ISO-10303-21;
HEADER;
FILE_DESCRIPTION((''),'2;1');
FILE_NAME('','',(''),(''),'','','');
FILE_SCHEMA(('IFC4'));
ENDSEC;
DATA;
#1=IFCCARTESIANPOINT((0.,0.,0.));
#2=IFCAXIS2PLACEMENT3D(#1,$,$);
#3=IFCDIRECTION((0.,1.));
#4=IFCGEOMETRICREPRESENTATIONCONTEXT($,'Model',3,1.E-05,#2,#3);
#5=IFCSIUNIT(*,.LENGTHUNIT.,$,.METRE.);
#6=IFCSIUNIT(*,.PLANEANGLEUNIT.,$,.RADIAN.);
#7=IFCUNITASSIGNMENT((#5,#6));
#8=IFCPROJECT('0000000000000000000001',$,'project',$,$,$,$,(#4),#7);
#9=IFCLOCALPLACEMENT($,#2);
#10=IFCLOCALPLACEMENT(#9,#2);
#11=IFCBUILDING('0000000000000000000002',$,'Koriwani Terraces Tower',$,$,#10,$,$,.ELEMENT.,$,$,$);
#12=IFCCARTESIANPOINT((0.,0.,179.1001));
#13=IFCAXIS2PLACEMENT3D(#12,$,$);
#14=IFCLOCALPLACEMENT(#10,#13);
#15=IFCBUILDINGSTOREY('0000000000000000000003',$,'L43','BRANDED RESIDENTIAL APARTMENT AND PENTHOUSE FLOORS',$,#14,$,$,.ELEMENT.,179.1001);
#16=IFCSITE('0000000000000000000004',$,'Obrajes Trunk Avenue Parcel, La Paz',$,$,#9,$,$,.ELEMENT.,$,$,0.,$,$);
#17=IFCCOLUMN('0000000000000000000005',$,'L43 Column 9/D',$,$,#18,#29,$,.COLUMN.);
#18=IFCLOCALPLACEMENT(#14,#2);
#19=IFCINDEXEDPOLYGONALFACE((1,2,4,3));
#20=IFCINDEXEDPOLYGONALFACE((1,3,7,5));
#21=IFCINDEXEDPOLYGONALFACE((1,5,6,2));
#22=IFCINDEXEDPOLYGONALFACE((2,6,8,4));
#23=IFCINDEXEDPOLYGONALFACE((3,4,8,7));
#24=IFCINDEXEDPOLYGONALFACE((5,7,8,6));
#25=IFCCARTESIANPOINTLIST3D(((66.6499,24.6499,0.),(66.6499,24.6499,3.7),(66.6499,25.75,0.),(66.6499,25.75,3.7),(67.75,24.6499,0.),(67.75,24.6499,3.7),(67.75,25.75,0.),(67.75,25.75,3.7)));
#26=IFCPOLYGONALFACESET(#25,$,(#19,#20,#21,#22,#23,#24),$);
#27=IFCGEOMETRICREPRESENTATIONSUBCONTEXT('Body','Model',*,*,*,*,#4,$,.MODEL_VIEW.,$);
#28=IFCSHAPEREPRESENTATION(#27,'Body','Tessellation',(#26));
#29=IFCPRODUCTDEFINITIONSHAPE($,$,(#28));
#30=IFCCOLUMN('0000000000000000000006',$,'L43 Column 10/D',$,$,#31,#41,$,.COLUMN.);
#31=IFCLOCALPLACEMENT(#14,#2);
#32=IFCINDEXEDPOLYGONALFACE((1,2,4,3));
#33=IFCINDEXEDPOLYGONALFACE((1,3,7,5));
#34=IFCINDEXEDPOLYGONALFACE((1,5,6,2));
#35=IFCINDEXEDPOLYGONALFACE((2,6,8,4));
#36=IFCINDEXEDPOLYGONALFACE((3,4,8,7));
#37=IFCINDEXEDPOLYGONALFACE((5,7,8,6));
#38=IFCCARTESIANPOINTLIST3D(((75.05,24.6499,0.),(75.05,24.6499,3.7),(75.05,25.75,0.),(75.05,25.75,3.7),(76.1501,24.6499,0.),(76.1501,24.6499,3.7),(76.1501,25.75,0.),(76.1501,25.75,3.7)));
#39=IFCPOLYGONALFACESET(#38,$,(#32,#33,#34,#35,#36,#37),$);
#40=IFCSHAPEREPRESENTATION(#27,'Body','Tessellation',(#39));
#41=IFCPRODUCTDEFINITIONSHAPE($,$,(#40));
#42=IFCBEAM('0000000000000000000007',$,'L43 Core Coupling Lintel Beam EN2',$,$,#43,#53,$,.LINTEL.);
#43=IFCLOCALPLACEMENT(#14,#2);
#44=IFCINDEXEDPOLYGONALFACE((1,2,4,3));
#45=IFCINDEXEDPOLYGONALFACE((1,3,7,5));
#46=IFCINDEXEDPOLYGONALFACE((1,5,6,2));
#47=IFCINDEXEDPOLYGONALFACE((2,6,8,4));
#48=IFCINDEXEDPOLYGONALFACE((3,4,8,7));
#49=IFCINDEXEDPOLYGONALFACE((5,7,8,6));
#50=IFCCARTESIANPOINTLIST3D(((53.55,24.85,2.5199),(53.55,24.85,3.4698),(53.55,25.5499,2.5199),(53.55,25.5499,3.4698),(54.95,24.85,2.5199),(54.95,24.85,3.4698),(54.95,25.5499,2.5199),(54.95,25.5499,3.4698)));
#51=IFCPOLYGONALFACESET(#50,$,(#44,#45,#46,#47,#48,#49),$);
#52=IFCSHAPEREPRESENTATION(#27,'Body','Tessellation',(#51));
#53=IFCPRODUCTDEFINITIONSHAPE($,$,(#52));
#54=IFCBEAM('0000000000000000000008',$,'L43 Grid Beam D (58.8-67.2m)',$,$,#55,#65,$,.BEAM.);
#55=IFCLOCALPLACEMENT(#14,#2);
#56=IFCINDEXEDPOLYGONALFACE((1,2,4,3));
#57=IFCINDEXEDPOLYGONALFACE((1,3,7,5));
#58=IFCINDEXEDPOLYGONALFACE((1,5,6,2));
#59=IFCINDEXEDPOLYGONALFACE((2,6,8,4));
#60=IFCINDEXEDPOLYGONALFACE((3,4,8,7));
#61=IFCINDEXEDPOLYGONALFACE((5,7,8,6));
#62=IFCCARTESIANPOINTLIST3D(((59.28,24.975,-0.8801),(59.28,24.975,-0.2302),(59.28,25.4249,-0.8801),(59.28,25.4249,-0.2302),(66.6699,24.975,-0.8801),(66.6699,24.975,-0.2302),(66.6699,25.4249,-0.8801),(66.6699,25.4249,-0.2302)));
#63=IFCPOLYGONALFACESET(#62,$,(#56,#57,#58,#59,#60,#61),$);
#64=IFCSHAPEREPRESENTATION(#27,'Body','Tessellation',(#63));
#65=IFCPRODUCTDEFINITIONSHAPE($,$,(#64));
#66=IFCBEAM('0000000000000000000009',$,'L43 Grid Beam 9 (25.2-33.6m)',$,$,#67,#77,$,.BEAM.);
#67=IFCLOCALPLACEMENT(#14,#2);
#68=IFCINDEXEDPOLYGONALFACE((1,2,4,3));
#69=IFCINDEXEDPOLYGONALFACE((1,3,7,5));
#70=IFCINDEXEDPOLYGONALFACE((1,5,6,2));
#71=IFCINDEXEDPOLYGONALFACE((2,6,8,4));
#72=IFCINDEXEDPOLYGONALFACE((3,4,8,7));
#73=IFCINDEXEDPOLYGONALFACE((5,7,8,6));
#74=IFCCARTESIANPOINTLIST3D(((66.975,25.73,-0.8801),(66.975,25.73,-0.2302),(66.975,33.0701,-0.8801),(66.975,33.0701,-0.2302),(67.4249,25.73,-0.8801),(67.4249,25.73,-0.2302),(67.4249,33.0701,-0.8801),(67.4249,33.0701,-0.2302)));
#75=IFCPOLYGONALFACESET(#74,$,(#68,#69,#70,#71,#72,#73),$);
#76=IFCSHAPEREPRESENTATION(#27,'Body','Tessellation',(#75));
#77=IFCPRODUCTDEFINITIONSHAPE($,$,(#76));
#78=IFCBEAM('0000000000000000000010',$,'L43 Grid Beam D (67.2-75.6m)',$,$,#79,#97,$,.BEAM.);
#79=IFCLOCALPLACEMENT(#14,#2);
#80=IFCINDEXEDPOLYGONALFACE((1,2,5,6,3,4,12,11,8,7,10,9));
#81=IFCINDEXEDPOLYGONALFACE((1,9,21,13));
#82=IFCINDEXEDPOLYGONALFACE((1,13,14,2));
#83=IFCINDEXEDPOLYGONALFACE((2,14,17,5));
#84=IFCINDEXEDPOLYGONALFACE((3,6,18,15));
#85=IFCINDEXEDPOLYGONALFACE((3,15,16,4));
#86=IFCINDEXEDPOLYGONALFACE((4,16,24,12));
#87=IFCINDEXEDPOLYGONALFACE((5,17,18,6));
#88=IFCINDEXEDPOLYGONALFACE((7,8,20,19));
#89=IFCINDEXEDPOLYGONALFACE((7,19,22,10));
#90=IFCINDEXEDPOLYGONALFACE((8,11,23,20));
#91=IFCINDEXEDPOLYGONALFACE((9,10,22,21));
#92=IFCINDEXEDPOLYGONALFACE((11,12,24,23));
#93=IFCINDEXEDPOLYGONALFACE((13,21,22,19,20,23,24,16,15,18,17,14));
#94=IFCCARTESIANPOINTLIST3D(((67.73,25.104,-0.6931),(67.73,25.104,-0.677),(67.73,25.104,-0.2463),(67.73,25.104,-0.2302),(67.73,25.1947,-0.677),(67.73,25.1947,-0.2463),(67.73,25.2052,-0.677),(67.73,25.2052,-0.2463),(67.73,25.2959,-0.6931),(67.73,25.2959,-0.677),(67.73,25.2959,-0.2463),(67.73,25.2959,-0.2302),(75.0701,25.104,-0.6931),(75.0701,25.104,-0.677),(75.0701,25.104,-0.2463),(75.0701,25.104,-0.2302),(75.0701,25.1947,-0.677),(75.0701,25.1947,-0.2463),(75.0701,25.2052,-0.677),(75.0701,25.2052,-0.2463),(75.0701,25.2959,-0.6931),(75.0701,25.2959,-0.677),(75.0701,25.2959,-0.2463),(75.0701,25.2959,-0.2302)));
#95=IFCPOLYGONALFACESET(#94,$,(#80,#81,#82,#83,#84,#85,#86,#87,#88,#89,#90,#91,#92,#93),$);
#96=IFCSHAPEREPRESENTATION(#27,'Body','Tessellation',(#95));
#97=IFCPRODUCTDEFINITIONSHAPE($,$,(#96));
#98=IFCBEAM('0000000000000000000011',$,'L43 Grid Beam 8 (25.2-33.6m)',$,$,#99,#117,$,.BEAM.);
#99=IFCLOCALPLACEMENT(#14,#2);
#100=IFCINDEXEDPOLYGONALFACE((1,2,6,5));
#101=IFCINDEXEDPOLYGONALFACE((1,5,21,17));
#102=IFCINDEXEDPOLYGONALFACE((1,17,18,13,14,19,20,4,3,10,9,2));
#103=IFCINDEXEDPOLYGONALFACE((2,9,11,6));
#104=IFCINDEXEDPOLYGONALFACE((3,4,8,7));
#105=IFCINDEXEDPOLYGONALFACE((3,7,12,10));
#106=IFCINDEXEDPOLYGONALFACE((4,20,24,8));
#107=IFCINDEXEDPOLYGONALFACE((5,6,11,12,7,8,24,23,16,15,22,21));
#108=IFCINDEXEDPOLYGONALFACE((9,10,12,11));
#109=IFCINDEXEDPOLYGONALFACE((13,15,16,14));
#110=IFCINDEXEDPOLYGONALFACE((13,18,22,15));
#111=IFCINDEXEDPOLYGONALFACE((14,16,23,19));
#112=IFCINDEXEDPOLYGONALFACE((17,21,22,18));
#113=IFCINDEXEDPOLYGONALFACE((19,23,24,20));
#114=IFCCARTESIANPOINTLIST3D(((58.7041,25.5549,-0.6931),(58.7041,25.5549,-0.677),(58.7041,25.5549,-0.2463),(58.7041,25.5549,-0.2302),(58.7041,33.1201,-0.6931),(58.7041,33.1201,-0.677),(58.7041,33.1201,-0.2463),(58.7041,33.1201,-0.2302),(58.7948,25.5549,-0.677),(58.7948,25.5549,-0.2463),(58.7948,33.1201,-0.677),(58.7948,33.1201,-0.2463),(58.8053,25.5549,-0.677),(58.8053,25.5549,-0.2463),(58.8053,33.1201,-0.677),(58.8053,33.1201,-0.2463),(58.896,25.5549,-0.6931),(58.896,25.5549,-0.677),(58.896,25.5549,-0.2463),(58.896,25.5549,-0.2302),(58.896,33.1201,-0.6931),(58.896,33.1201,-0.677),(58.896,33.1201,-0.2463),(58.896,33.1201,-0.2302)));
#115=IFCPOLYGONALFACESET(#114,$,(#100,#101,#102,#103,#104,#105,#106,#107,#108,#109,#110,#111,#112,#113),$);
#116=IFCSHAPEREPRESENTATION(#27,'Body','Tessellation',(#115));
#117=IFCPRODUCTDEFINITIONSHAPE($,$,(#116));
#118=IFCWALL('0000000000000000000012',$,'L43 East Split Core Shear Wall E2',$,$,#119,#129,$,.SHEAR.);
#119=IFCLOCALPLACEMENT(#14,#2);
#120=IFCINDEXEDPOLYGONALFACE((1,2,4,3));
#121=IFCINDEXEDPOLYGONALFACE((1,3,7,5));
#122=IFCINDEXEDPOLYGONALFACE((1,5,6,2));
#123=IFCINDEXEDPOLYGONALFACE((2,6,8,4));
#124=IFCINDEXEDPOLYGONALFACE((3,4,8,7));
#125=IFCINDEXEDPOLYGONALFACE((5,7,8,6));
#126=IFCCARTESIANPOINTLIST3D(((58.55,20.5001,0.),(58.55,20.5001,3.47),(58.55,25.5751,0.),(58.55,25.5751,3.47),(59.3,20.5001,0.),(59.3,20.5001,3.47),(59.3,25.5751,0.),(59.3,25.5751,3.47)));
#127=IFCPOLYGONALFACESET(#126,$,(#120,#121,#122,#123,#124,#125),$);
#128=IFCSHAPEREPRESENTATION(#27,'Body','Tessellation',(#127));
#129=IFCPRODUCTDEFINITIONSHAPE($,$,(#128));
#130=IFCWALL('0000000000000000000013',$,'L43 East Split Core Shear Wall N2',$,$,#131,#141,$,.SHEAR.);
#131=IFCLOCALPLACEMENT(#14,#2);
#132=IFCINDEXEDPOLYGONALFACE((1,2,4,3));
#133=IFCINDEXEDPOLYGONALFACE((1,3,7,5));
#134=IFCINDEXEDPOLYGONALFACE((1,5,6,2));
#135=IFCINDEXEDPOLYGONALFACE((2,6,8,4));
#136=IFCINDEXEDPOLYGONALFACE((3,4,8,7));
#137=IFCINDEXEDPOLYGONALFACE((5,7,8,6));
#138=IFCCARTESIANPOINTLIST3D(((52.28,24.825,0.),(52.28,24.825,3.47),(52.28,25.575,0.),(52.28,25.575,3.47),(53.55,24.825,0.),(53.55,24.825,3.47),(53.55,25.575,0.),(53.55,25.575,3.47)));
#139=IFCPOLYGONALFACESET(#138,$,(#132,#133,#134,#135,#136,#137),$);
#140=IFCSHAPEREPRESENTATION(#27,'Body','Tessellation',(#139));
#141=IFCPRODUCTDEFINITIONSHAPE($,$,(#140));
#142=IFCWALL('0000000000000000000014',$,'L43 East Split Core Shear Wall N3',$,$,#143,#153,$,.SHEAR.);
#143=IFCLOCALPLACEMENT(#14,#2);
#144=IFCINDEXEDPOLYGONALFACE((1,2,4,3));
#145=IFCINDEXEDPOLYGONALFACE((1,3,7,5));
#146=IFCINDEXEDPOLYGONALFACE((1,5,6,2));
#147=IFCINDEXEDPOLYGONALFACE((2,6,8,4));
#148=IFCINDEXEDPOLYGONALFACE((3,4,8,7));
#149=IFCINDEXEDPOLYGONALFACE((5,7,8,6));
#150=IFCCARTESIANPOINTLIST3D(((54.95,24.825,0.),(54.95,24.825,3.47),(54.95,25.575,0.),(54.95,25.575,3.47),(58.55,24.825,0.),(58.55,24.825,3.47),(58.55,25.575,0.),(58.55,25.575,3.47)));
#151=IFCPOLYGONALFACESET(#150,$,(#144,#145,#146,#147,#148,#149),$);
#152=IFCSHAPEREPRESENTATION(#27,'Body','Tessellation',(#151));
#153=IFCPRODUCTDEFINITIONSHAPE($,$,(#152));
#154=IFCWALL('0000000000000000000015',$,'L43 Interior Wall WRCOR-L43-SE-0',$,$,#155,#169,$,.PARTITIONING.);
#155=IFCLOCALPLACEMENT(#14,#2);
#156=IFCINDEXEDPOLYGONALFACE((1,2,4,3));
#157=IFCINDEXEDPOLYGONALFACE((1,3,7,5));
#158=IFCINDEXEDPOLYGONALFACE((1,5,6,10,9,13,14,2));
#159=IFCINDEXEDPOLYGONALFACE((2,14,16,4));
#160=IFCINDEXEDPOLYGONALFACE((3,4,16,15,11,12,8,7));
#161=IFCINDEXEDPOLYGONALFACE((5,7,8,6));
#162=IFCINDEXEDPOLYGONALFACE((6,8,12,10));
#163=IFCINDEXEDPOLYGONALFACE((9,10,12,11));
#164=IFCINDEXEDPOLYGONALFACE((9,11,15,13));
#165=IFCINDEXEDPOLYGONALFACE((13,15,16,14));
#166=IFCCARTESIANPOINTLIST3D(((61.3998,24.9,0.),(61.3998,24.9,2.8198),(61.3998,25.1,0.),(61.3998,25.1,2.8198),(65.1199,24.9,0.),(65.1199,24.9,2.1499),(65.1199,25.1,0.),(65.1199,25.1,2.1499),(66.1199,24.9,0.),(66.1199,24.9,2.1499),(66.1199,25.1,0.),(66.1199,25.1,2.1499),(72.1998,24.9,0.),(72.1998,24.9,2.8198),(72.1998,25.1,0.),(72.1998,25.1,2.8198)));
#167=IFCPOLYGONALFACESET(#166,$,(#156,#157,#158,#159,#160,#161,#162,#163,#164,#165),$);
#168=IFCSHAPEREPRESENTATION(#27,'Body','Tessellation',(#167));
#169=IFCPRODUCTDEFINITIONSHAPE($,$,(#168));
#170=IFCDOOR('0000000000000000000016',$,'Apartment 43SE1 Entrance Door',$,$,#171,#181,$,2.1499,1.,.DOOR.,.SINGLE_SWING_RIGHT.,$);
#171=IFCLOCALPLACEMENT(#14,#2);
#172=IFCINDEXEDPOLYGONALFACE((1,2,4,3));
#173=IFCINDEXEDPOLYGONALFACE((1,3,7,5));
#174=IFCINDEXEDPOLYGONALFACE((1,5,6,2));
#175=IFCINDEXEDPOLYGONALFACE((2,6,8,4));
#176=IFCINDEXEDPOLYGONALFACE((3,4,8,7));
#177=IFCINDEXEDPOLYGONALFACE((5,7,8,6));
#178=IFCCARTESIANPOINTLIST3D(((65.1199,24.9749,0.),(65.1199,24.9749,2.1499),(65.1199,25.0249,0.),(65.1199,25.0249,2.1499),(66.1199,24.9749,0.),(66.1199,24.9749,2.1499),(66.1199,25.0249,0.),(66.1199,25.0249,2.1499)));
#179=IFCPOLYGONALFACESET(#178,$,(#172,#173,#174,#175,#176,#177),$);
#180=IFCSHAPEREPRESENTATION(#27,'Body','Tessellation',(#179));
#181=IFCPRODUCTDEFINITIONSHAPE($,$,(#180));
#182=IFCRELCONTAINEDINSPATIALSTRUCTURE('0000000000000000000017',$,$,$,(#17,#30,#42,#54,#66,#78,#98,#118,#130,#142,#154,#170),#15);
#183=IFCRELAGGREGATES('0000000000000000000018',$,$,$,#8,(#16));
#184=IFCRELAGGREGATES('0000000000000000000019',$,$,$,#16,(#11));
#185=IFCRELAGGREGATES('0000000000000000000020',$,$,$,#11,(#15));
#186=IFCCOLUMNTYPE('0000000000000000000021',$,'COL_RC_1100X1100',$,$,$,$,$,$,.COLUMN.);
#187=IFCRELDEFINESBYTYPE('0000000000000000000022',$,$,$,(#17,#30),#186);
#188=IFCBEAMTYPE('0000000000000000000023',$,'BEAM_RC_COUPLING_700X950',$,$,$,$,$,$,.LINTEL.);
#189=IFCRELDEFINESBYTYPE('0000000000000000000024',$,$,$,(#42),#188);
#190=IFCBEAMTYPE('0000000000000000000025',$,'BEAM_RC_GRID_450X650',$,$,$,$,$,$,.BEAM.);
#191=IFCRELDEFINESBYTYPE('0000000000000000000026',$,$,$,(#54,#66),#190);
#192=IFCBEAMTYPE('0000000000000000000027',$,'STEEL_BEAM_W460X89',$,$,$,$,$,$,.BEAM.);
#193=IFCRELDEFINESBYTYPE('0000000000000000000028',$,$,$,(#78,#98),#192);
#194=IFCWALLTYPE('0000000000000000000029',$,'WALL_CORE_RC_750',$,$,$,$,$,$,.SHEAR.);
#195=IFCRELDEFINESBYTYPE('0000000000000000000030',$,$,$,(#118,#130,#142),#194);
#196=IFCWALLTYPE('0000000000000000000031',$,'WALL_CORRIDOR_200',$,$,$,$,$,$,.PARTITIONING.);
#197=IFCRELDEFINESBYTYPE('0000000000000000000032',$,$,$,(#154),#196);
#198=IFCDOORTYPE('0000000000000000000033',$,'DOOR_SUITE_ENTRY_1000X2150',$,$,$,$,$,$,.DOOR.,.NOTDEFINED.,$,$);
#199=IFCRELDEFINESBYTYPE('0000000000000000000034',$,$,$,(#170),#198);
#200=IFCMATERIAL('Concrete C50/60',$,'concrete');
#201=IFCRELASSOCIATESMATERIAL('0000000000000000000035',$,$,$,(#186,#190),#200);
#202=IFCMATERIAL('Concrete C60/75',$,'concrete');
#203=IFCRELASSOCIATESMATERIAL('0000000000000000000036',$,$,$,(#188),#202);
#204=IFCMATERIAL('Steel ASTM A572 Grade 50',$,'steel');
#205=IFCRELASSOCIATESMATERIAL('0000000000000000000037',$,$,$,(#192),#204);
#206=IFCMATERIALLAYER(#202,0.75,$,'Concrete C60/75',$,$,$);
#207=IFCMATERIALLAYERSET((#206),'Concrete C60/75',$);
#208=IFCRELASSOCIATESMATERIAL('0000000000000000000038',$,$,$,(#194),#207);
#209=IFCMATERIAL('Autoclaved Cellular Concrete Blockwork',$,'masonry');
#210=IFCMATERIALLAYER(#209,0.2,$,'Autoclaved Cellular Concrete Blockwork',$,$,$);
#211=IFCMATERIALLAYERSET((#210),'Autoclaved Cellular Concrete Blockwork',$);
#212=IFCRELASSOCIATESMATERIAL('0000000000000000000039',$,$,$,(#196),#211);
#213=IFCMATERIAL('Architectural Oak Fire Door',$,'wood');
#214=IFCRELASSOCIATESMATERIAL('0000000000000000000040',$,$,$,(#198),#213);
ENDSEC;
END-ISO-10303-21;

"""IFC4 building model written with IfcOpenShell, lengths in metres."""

from ifc_helpers import new_model, si_unit, direction, frame, frame_2d, origin, origin_2d, place, context, subcontext, project, spatial, rectangle, i_section, extrude, material, layer, layer_set, material_profile, profile_set, type_object, element, fill, save


model = new_model("IFC4")

# Units and contexts
model_context = context("Model", 3, precision=1e-05, world=origin(), true_north=direction((0.0, 1.0)))
body_context = subcontext(model_context, "Body", "Model", "MODEL_VIEW")
ifc_project = project(units=[si_unit("LENGTHUNIT", "METRE"), si_unit("PLANEANGLEUNIT", "RADIAN")], contexts=[model_context])

# Site, building, storey
site_placement = place(None, origin())
site = spatial("IfcSite", under=ifc_project, at=site_placement, Name="Obrajes Trunk Avenue Parcel, La Paz", CompositionType="ELEMENT", RefElevation=0.0)
building_placement = place(site_placement, origin())
building = spatial("IfcBuilding", under=site, at=building_placement, Name="Koriwani Terraces Tower", CompositionType="ELEMENT")
storey_placement = place(building_placement, frame((0.0, 0.0, 179.1001)))
storey = spatial("IfcBuildingStorey", under=building, at=storey_placement, Name="L43", Description="BRANDED RESIDENTIAL APARTMENT AND PENTHOUSE FLOORS", CompositionType="ELEMENT", Elevation=179.1001)

# Columns
ifc_material_1 = material(Name="Concrete C50/60", Category="concrete")
ifc_material_profile_1 = material_profile(ifc_material_1, rectangle(XDim=1.1001, YDim=1.1001, at=origin_2d()), Name="Concrete C50/60", Category="LoadBearing")
ifc_profile_set_1 = profile_set([ifc_material_profile_1], Name="Concrete C50/60")
column_type = type_object("IfcColumnType", Name="COL_RC_1100X1100", PredefinedType="COLUMN", material=ifc_profile_set_1)
for number, where, z_axis, x_axis, name in (
    (1, (67.2, 25.2, 0.0), (0.0, 0.0, 1.0), (1.0, 0.0, 0.0), "L43 Column 9/D"),
    (2, (75.6001, 25.2, 0.0), (0.0, 0.0, 1.0), (1.0, 0.0, 0.0), "L43 Column 10/D"),
):
    element("IfcColumn", number, at=place(storey_placement, frame(where, z_axis=z_axis, x_axis=x_axis)), inside=storey, type_object=column_type, Name=name, PredefinedType="COLUMN", context=body_context, shape_type="SweptSolid", body=[
        extrude(rectangle(XDim=1.1001, YDim=1.1001, at=origin_2d()), origin(), (0.0, 0.0, 1.0), 3.7),
    ])

# Beams
ifc_material_2 = material(Name="Concrete C60/75", Category="concrete")
ifc_material_profile_2 = material_profile(ifc_material_2, rectangle(XDim=0.7, YDim=0.95, at=origin_2d()), Name="Concrete C60/75", Category="LoadBearing")
ifc_profile_set_2 = profile_set([ifc_material_profile_2], Name="Concrete C60/75")
beam_type_1 = type_object("IfcBeamType", Name="BEAM_RC_COUPLING_700X950", PredefinedType="LINTEL", material=ifc_profile_set_2)
beam_1_placement = place(storey_placement, frame((53.55, 25.2, 2.9949), z_axis=(1.0, 0.0, 0.0), x_axis=(0.0, 1.0, 0.0)))
element("IfcBeam", 3, at=beam_1_placement, inside=storey, type_object=beam_type_1, Name="L43 Core Coupling Lintel Beam EN2", PredefinedType="LINTEL", context=body_context, shape_type="SweptSolid", body=[
    extrude(rectangle(XDim=0.7, YDim=0.95, at=origin_2d()), origin(), (0.0, 0.0, 1.0), 1.3999),
])
ifc_material_profile_3 = material_profile(ifc_material_1, rectangle(XDim=0.45, YDim=0.6499, at=origin_2d()), Name="Concrete C50/60", Category="LoadBearing")
ifc_profile_set_3 = profile_set([ifc_material_profile_3], Name="Concrete C50/60")
beam_type_2 = type_object("IfcBeamType", Name="BEAM_RC_GRID_450X650", PredefinedType="BEAM", material=ifc_profile_set_3)
beam_2_placement = place(storey_placement, frame((59.28, 25.2, -0.5552), z_axis=(1.0, 0.0, 0.0), x_axis=(0.0, 1.0, 0.0)))
element("IfcBeam", 4, at=beam_2_placement, inside=storey, type_object=beam_type_2, Name="L43 Grid Beam D (58.8-67.2m)", PredefinedType="BEAM", context=body_context, shape_type="SweptSolid", body=[
    extrude(rectangle(XDim=0.45, YDim=0.6499, at=origin_2d()), origin(), (0.0, 0.0, 1.0), 7.3899),
])
beam_3_placement = place(storey_placement, frame((67.2, 25.73, -0.5552), z_axis=(0.0, 1.0, 0.0), x_axis=(-1.0, 0.0, 0.0)))
element("IfcBeam", 5, at=beam_3_placement, inside=storey, type_object=beam_type_2, Name="L43 Grid Beam 9 (25.2-33.6m)", PredefinedType="BEAM", context=body_context, shape_type="SweptSolid", body=[
    extrude(rectangle(XDim=0.45, YDim=0.6499, at=origin_2d()), origin(), (0.0, 0.0, 1.0), 7.3401),
])
ifc_material_3 = material(Name="Steel ASTM A572 Grade 50", Category="steel")
ifc_material_profile_4 = material_profile(ifc_material_3, i_section(OverallWidth=0.1919, OverallDepth=0.4629, WebThickness=0.0105, FlangeThickness=0.0161, at=origin_2d()), Name="Steel ASTM A572 Grade 50", Category="LoadBearing")
ifc_profile_set_4 = profile_set([ifc_material_profile_4], Name="Steel ASTM A572 Grade 50")
beam_type_3 = type_object("IfcBeamType", Name="STEEL_BEAM_W460X89", PredefinedType="BEAM", material=ifc_profile_set_4)
beam_4_placement = place(storey_placement, frame((67.73, 25.2, -0.4617), z_axis=(1.0, 0.0, 0.0), x_axis=(0.0, 1.0, 0.0)))
element("IfcBeam", 6, at=beam_4_placement, inside=storey, type_object=beam_type_3, Name="L43 Grid Beam D (67.2-75.6m)", PredefinedType="BEAM", context=body_context, shape_type="SweptSolid", body=[
    extrude(i_section(OverallWidth=0.1919, OverallDepth=0.4629, WebThickness=0.0105, FlangeThickness=0.0161, at=origin_2d()), origin(), (0.0, 0.0, 1.0), 7.3401),
])
beam_5_placement = place(storey_placement, frame((58.8, 25.5549, -0.4617), z_axis=(0.0, 1.0, 0.0), x_axis=(-1.0, 0.0, 0.0)))
element("IfcBeam", 7, at=beam_5_placement, inside=storey, type_object=beam_type_3, Name="L43 Grid Beam 8 (25.2-33.6m)", PredefinedType="BEAM", context=body_context, shape_type="SweptSolid", body=[
    extrude(i_section(OverallWidth=0.1919, OverallDepth=0.4629, WebThickness=0.0105, FlangeThickness=0.0161, at=origin_2d()), origin(), (0.0, 0.0, 1.0), 7.5652),
])

# Walls
ifc_layer_1 = layer(ifc_material_2, 0.75, Name="Concrete C60/75")
ifc_layer_set_1 = layer_set([ifc_layer_1], Name="Concrete C60/75")
wall_type_1 = type_object("IfcWallType", Name="WALL_CORE_RC_750", PredefinedType="SHEAR", material=ifc_layer_set_1)
wall_1_placement = place(storey_placement, frame((58.925, 20.5, 0.0), z_axis=(0.0, 0.0, 1.0), x_axis=(0.0, 1.0, 0.0)))
element("IfcWall", 8, at=wall_1_placement, inside=storey, type_object=wall_type_1, Name="L43 East Split Core Shear Wall E2", PredefinedType="SHEAR", context=body_context, shape_type="SweptSolid", body=[
    extrude(rectangle(XDim=5.075, YDim=0.75, at=frame_2d((2.5376, 0.0))), origin(), (0.0, 0.0, 1.0), 3.47),
])
wall_2_placement = place(storey_placement, frame((52.28, 25.2, 0.0), z_axis=(0.0, 0.0, 1.0), x_axis=(1.0, 0.0, 0.0)))
element("IfcWall", 9, at=wall_2_placement, inside=storey, type_object=wall_type_1, Name="L43 East Split Core Shear Wall N2", PredefinedType="SHEAR", context=body_context, shape_type="SweptSolid", body=[
    extrude(rectangle(XDim=1.27, YDim=0.75, at=frame_2d((0.635, 0.0))), origin(), (0.0, 0.0, 1.0), 3.47),
])
wall_3_placement = place(storey_placement, frame((54.95, 25.2, 0.0), z_axis=(0.0, 0.0, 1.0), x_axis=(1.0, 0.0, 0.0)))
element("IfcWall", 10, at=wall_3_placement, inside=storey, type_object=wall_type_1, Name="L43 East Split Core Shear Wall N3", PredefinedType="SHEAR", context=body_context, shape_type="SweptSolid", body=[
    extrude(rectangle(XDim=3.6001, YDim=0.75, at=frame_2d((1.8, 0.0))), origin(), (0.0, 0.0, 1.0), 3.47),
])

# Wall, opening, door
ifc_material_4 = material(Name="Autoclaved Cellular Concrete Blockwork", Category="masonry")
ifc_layer_2 = layer(ifc_material_4, 0.2, Name="Autoclaved Cellular Concrete Blockwork")
ifc_layer_set_2 = layer_set([ifc_layer_2], Name="Autoclaved Cellular Concrete Blockwork")
wall_type_2 = type_object("IfcWallType", Name="WALL_CORRIDOR_200", PredefinedType="PARTITIONING", material=ifc_layer_set_2)
wall_4_placement = place(storey_placement, frame((61.3999, 25.0, 0.0), z_axis=(0.0, 0.0, 1.0), x_axis=(1.0, 0.0, 0.0)))
wall_4 = element("IfcWall", 11, at=wall_4_placement, inside=storey, type_object=wall_type_2, Name="L43 Interior Wall WRCOR-L43-SE-0", PredefinedType="PARTITIONING", context=body_context, shape_type="SweptSolid", body=[
    extrude(rectangle(XDim=10.8, YDim=0.2, at=frame_2d((5.3999, 0.0))), origin(), (0.0, 0.0, 1.0), 2.8198),
])
opening_1_placement = place(wall_4_placement, frame((3.72, 0.0, 0.0)))
opening_1 = element("IfcOpeningElement", 12, at=opening_1_placement, cuts=wall_4, PredefinedType="OPENING", context=body_context, shape_type="SweptSolid", body=[
    extrude(rectangle(XDim=1.0, YDim=2.1499, at=frame_2d((0.5, 1.075))), frame((0.0, 0.1099, 0.0), z_axis=(0.0, -1.0, 0.0), x_axis=(1.0, 0.0, 0.0)), (0.0, 0.0, 1.0), 0.22),
])
ifc_material_5 = material(Name="Architectural Oak Fire Door", Category="wood")
door_type_1 = type_object("IfcDoorType", Name="DOOR_SUITE_ENTRY_1000X2150", OperationType="NOTDEFINED", PredefinedType="DOOR", material=ifc_material_5)
door_1_placement = place(opening_1_placement, origin())
door_1 = element("IfcDoor", 13, at=door_1_placement, inside=storey, type_object=door_type_1, Name="Apartment 43SE1 Entrance Door", OperationType="SINGLE_SWING_RIGHT", OverallHeight=2.1499, OverallWidth=1.0, PredefinedType="DOOR", context=body_context, shape_type="SweptSolid", body=[
    extrude(rectangle(XDim=1.0, YDim=2.1499, at=frame_2d((0.5, 1.075))), frame((0.0, 0.0249, 0.0), z_axis=(0.0, -1.0, 0.0), x_axis=(1.0, 0.0, 0.0)), (0.0, 0.0, 1.0), 0.05),
])
fill(opening_1, door_1)

save(model, "model.ifc")
